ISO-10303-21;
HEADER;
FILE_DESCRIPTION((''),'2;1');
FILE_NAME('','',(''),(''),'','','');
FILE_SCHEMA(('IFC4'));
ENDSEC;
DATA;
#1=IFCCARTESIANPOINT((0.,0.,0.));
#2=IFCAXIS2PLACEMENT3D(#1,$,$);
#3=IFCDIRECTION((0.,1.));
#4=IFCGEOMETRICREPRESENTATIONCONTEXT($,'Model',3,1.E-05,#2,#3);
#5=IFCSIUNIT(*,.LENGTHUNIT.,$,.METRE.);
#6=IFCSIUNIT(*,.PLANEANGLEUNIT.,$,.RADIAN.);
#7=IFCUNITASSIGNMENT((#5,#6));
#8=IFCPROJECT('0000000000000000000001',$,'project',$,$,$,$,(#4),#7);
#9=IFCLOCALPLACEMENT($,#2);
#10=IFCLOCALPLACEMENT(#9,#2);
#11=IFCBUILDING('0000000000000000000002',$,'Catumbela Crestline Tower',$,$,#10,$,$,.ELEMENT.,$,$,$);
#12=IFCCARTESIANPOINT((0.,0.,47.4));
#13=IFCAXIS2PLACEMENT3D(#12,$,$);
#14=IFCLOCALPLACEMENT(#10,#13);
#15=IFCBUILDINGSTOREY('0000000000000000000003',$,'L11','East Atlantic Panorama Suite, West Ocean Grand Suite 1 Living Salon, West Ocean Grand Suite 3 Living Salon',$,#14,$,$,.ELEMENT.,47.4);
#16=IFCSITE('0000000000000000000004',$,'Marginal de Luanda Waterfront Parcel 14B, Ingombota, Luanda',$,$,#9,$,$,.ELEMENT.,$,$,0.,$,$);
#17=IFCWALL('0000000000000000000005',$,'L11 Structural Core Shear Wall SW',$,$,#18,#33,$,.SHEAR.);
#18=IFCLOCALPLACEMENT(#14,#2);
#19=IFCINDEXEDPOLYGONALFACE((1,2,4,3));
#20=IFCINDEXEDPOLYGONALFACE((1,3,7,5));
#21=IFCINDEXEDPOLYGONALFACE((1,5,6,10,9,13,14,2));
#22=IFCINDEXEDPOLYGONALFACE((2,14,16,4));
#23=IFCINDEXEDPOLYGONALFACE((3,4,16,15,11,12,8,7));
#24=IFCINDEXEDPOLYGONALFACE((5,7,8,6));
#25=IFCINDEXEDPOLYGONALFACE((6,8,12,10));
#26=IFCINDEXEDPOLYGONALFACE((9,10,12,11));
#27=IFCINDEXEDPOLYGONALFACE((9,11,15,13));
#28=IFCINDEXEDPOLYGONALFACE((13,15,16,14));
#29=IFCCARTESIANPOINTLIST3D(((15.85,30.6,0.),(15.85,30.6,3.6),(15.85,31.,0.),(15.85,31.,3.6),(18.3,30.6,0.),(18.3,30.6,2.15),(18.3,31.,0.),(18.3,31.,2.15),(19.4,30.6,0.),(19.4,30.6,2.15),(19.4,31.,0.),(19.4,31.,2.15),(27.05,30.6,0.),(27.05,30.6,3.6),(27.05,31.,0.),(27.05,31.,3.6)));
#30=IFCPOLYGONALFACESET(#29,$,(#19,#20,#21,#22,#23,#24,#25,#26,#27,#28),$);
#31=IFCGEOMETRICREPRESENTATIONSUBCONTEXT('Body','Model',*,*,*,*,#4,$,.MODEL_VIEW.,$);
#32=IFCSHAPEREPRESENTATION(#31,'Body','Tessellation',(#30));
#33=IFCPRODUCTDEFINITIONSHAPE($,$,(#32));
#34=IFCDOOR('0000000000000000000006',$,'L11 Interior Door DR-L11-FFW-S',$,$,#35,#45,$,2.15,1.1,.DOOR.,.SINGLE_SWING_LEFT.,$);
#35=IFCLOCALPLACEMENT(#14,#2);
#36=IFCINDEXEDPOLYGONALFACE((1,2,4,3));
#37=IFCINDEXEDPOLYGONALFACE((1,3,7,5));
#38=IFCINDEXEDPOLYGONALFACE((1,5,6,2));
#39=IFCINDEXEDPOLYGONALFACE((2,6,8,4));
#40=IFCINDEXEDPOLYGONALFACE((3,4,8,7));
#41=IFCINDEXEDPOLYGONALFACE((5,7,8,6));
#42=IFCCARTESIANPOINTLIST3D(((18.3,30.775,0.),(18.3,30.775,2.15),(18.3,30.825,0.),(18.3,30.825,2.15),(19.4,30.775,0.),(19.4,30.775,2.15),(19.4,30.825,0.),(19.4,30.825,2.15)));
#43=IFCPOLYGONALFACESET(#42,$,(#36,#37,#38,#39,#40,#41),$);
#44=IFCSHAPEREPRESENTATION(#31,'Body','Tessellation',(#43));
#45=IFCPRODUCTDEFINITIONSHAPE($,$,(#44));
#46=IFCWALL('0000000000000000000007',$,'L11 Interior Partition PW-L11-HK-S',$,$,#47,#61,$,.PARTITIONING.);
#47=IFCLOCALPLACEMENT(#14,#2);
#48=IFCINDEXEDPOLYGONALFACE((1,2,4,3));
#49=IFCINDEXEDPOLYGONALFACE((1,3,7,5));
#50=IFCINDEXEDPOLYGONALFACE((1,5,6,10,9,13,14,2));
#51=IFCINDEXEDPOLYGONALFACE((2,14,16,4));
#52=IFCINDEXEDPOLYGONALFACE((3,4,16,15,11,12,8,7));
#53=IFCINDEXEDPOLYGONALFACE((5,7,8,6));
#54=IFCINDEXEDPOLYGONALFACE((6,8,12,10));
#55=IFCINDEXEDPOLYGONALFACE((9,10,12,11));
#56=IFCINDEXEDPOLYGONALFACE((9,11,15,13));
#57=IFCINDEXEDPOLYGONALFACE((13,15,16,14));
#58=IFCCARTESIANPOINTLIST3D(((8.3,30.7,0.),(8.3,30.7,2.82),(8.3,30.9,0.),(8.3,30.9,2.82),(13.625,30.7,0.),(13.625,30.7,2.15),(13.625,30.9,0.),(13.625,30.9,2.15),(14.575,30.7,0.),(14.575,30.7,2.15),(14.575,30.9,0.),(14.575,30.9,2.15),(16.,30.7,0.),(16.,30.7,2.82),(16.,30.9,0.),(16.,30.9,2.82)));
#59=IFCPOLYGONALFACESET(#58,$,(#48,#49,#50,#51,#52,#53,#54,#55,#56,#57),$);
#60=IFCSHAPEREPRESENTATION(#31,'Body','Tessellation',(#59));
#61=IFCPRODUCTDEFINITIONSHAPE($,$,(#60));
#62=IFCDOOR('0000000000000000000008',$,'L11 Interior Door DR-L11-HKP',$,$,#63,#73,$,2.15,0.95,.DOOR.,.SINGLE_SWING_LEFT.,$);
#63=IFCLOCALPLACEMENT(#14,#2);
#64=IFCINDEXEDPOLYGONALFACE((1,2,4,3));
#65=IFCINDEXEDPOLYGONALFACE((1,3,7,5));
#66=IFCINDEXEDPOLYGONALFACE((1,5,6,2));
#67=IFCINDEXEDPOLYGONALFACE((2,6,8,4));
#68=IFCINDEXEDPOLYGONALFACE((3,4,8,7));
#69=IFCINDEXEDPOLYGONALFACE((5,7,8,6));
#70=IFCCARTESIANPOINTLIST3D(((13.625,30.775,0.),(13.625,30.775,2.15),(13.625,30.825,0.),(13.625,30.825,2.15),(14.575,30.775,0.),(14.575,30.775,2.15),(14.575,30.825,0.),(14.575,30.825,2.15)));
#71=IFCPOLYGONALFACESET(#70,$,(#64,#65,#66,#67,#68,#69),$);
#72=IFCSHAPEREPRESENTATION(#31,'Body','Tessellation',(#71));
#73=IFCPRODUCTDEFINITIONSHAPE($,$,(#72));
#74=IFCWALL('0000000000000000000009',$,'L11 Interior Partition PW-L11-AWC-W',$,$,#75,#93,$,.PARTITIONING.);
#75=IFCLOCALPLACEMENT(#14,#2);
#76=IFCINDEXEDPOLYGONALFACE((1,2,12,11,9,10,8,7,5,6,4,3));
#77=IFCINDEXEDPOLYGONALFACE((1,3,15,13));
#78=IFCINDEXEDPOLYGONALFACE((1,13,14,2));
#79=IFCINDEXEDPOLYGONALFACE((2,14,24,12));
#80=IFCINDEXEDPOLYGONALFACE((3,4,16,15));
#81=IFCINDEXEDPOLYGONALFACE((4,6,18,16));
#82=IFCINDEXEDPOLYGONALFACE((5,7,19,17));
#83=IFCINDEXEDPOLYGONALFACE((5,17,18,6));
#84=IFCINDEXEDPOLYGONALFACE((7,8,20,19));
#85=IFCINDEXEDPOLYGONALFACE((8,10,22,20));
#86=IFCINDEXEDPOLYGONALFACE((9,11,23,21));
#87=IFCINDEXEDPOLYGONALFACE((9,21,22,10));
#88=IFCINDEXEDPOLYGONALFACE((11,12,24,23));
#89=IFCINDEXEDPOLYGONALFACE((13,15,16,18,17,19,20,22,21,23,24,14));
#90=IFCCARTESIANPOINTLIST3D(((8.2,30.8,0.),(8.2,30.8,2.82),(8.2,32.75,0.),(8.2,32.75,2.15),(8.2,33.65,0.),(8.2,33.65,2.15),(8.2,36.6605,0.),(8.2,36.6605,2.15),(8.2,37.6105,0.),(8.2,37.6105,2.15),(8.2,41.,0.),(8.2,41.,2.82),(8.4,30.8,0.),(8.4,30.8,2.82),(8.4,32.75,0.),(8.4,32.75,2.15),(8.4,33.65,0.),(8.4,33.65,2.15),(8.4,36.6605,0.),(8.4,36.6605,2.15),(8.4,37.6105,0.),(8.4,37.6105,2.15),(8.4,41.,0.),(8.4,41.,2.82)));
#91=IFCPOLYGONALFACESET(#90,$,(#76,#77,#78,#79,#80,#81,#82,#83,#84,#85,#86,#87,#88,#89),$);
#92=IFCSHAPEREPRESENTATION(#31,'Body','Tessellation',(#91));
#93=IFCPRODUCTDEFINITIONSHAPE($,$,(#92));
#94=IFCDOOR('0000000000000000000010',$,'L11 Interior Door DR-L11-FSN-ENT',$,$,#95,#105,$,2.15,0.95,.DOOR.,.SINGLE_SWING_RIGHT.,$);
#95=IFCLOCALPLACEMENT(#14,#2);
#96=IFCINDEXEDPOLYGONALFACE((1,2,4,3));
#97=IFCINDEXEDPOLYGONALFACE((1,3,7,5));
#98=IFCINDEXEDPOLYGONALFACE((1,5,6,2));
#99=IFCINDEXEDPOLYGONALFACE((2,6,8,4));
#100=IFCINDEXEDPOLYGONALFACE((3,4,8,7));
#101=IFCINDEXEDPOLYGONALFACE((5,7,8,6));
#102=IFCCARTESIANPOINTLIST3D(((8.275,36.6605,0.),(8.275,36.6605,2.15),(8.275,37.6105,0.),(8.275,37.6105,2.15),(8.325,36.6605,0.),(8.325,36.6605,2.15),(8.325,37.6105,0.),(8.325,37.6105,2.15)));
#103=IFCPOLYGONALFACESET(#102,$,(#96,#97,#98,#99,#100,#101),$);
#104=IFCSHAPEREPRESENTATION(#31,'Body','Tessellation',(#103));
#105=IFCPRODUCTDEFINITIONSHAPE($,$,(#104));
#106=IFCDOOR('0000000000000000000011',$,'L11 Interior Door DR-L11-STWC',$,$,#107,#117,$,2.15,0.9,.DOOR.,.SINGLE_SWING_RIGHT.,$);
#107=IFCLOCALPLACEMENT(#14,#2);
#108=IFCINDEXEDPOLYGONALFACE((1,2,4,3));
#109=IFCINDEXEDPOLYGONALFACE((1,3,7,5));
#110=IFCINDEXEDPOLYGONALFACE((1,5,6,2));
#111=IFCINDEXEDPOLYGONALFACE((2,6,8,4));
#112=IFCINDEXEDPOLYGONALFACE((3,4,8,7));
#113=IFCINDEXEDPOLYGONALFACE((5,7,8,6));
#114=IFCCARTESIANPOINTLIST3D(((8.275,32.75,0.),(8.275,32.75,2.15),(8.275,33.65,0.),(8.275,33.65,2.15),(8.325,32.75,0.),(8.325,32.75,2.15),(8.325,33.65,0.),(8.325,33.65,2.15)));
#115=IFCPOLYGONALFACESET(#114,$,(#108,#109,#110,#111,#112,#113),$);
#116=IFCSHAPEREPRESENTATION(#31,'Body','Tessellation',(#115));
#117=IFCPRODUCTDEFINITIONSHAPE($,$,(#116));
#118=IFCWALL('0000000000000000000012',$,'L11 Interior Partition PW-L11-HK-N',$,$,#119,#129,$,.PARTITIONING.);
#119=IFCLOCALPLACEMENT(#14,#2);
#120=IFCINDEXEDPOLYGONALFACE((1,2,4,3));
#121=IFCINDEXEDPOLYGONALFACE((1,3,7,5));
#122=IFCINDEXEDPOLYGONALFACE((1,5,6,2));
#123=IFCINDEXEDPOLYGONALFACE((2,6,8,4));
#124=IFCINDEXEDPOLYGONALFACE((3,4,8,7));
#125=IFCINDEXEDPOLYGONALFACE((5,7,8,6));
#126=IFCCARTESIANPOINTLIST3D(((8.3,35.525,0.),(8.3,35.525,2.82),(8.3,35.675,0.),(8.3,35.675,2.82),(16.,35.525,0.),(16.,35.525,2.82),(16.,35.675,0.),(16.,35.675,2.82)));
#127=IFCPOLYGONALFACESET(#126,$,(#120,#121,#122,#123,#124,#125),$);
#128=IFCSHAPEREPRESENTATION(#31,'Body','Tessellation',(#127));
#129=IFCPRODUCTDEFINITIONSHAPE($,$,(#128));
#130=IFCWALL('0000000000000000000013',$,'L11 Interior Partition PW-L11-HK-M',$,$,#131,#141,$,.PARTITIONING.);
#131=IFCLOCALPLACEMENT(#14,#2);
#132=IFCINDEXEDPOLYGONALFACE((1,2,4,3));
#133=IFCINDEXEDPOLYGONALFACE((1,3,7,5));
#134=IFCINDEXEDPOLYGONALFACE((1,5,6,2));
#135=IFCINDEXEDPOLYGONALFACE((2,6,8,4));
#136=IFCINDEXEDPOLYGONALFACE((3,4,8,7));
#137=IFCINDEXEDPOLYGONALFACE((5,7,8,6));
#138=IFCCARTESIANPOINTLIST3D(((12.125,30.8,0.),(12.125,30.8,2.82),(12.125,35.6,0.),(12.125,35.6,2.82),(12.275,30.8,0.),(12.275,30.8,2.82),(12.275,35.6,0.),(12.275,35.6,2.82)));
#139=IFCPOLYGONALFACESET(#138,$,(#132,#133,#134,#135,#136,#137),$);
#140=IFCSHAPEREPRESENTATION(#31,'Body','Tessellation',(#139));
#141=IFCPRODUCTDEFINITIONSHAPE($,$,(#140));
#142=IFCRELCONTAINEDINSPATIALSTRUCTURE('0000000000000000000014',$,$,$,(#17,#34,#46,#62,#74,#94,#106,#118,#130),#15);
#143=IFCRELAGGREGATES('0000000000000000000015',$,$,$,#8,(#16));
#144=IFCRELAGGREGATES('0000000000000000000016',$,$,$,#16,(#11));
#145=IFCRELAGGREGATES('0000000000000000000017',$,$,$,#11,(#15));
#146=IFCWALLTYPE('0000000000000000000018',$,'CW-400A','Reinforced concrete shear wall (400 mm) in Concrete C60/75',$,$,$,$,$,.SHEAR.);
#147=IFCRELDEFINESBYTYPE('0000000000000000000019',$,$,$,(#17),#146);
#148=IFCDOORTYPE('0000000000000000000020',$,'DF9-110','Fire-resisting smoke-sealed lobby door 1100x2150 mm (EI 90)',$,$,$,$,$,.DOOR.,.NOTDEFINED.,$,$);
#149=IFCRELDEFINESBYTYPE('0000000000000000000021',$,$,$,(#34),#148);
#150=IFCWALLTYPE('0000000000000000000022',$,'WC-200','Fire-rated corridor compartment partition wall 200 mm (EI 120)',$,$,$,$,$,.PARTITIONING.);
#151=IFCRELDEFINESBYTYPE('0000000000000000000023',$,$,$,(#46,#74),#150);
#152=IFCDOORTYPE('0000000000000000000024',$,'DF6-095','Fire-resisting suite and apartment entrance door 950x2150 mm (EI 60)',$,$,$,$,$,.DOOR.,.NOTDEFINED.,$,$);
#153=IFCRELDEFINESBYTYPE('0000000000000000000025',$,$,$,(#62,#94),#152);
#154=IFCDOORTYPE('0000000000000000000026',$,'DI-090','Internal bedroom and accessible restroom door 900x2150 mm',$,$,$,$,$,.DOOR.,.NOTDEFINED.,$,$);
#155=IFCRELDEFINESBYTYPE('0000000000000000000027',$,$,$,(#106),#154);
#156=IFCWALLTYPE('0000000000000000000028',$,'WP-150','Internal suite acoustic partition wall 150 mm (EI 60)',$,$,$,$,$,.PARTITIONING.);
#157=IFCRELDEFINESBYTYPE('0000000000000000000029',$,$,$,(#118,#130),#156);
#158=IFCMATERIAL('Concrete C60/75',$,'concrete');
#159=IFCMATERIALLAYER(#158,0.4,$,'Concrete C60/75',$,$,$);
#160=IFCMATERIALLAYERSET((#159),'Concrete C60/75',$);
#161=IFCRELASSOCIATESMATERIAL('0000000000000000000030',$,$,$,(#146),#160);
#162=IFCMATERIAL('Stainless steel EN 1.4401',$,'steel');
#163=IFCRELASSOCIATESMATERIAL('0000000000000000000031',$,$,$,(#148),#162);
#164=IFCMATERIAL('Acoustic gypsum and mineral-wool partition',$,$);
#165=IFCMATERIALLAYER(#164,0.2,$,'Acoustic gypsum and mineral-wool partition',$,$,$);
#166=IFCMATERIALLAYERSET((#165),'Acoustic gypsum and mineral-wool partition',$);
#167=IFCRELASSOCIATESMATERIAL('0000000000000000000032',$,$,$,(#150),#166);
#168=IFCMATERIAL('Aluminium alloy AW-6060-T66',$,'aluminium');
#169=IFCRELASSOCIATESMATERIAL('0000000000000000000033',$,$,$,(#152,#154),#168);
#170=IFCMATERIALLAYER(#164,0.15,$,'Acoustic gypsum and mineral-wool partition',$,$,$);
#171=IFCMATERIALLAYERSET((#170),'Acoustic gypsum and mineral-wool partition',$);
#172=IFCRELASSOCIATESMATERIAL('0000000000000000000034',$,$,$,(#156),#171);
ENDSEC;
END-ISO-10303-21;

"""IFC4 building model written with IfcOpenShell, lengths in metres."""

from ifc_helpers import new_model, si_unit, direction, frame, frame_2d, origin, place, context, subcontext, project, spatial, rectangle, extrude, material, layer, layer_set, type_object, element, fill, save


model = new_model("IFC4")

# Units and contexts
model_context = context("Model", 3, precision=1e-05, world=origin(), true_north=direction((0.0, 1.0)))
body_context = subcontext(model_context, "Body", "Model", "MODEL_VIEW")
ifc_project = project(units=[si_unit("LENGTHUNIT", "METRE"), si_unit("PLANEANGLEUNIT", "RADIAN")], contexts=[model_context])

# Site, building, storey
site_placement = place(None, origin())
site = spatial("IfcSite", under=ifc_project, at=site_placement, Name="Marginal de Luanda Waterfront Parcel 14B, Ingombota, Luanda", CompositionType="ELEMENT", RefElevation=0.0)
building_placement = place(site_placement, origin())
building = spatial("IfcBuilding", under=site, at=building_placement, Name="Catumbela Crestline Tower", CompositionType="ELEMENT")
storey_placement = place(building_placement, frame((0.0, 0.0, 47.4)))
storey = spatial("IfcBuildingStorey", under=building, at=storey_placement, Name="L11", Description="East Atlantic Panorama Suite, West Ocean Grand Suite 1 Living Salon, West Ocean Grand Suite 3 Living Salon", CompositionType="ELEMENT", Elevation=47.4)

# Shared definitions
ifc_material_1 = material(Name="Stainless steel EN 1.4401", Category="steel")

# Shared definitions
ifc_material_2 = material(Name="Concrete C60/75", Category="concrete")
ifc_layer_1 = layer(ifc_material_2, 0.4, Name="Concrete C60/75")
ifc_layer_set_1 = layer_set([ifc_layer_1], Name="Concrete C60/75")
wall_type_1 = type_object("IfcWallType", Name="CW-400A", Description="Reinforced concrete shear wall (400 mm) in Concrete C60/75", PredefinedType="SHEAR", material=ifc_layer_set_1)

# Walls, openings, doors
wall_1_placement = place(storey_placement, frame((15.85, 30.8, 0.0), z_axis=(0.0, 0.0, 1.0), x_axis=(1.0, 0.0, 0.0)))
wall_1 = element("IfcWall", 1, at=wall_1_placement, inside=storey, type_object=wall_type_1, Name="L11 Structural Core Shear Wall SW", PredefinedType="SHEAR", context=body_context, shape_type="SweptSolid", body=[
    extrude(rectangle(XDim=11.2, YDim=0.4, at=frame_2d((5.6, 0.0))), origin(), (0.0, 0.0, 1.0), 3.6),
])
opening_1_placement = place(wall_1_placement, frame((2.45, 0.0, 0.0)))
opening_1 = element("IfcOpeningElement", 2, at=opening_1_placement, cuts=wall_1, PredefinedType="OPENING", context=body_context, shape_type="SweptSolid", body=[
    extrude(rectangle(XDim=1.1, YDim=2.15, at=frame_2d((0.55, 1.075))), frame((0.0, 0.21, 0.0), z_axis=(0.0, -1.0, 0.0), x_axis=(1.0, 0.0, 0.0)), (0.0, 0.0, 1.0), 0.42),
])
door_type_1 = type_object("IfcDoorType", Name="DF9-110", Description="Fire-resisting smoke-sealed lobby door 1100x2150 mm (EI 90)", OperationType="NOTDEFINED", PredefinedType="DOOR", material=ifc_material_1)
door_1_placement = place(opening_1_placement, origin())
door_1 = element("IfcDoor", 3, at=door_1_placement, inside=storey, type_object=door_type_1, Name="L11 Interior Door DR-L11-FFW-S", OperationType="SINGLE_SWING_LEFT", OverallHeight=2.15, OverallWidth=1.1, PredefinedType="DOOR", context=body_context, shape_type="SweptSolid", body=[
    extrude(rectangle(XDim=1.1, YDim=2.15, at=frame_2d((0.55, 1.075))), frame((0.0, 0.025, 0.0), z_axis=(0.0, -1.0, 0.0), x_axis=(1.0, 0.0, 0.0)), (0.0, 0.0, 1.0), 0.05),
])
fill(opening_1, door_1)
ifc_material_3 = material(Name="Acoustic gypsum and mineral-wool partition")
ifc_layer_2 = layer(ifc_material_3, 0.2, Name="Acoustic gypsum and mineral-wool partition")
ifc_layer_set_2 = layer_set([ifc_layer_2], Name="Acoustic gypsum and mineral-wool partition")
wall_type_2 = type_object("IfcWallType", Name="WC-200", Description="Fire-rated corridor compartment partition wall 200 mm (EI 120)", PredefinedType="PARTITIONING", material=ifc_layer_set_2)
wall_2_placement = place(storey_placement, frame((8.3, 30.8, 0.0), z_axis=(0.0, 0.0, 1.0), x_axis=(1.0, 0.0, 0.0)))
wall_2 = element("IfcWall", 4, at=wall_2_placement, inside=storey, type_object=wall_type_2, Name="L11 Interior Partition PW-L11-HK-S", PredefinedType="PARTITIONING", context=body_context, shape_type="SweptSolid", body=[
    extrude(rectangle(XDim=7.7, YDim=0.2, at=frame_2d((3.85, 0.0))), origin(), (0.0, 0.0, 1.0), 2.82),
])
opening_2_placement = place(wall_2_placement, frame((5.325, 0.0, 0.0)))
opening_2 = element("IfcOpeningElement", 5, at=opening_2_placement, cuts=wall_2, PredefinedType="OPENING", context=body_context, shape_type="SweptSolid", body=[
    extrude(rectangle(XDim=0.95, YDim=2.15, at=frame_2d((0.475, 1.075))), frame((0.0, 0.11, 0.0), z_axis=(0.0, -1.0, 0.0), x_axis=(1.0, 0.0, 0.0)), (0.0, 0.0, 1.0), 0.22),
])
ifc_material_4 = material(Name="Aluminium alloy AW-6060-T66", Category="aluminium")
door_type_2 = type_object("IfcDoorType", Name="DF6-095", Description="Fire-resisting suite and apartment entrance door 950x2150 mm (EI 60)", OperationType="NOTDEFINED", PredefinedType="DOOR", material=ifc_material_4)
door_2_placement = place(opening_2_placement, origin())
door_2 = element("IfcDoor", 6, at=door_2_placement, inside=storey, type_object=door_type_2, Name="L11 Interior Door DR-L11-HKP", OperationType="SINGLE_SWING_LEFT", OverallHeight=2.15, OverallWidth=0.95, PredefinedType="DOOR", context=body_context, shape_type="SweptSolid", body=[
    extrude(rectangle(XDim=0.95, YDim=2.15, at=frame_2d((0.475, 1.075))), frame((0.0, 0.025, 0.0), z_axis=(0.0, -1.0, 0.0), x_axis=(1.0, 0.0, 0.0)), (0.0, 0.0, 1.0), 0.05),
])
fill(opening_2, door_2)

# Wall, openings, doors
wall_3_placement = place(storey_placement, frame((8.3, 30.8, 0.0), z_axis=(0.0, 0.0, 1.0), x_axis=(0.0, 1.0, 0.0)))
wall_3 = element("IfcWall", 7, at=wall_3_placement, inside=storey, type_object=wall_type_2, Name="L11 Interior Partition PW-L11-AWC-W", PredefinedType="PARTITIONING", context=body_context, shape_type="SweptSolid", body=[
    extrude(rectangle(XDim=10.2, YDim=0.2, at=frame_2d((5.1, 0.0))), origin(), (0.0, 0.0, 1.0), 2.82),
])
opening_3_placement = place(wall_3_placement, frame((1.95, 0.0, 0.0)))
opening_3 = element("IfcOpeningElement", 8, at=opening_3_placement, cuts=wall_3, PredefinedType="OPENING", context=body_context, shape_type="SweptSolid", body=[
    extrude(rectangle(XDim=0.9, YDim=2.15, at=frame_2d((0.45, 1.075))), frame((0.0, 0.11, 0.0), z_axis=(0.0, -1.0, 0.0), x_axis=(1.0, 0.0, 0.0)), (0.0, 0.0, 1.0), 0.22),
])
opening_4_placement = place(wall_3_placement, frame((5.8605, 0.0, 0.0)))
opening_4 = element("IfcOpeningElement", 9, at=opening_4_placement, cuts=wall_3, PredefinedType="OPENING", context=body_context, shape_type="SweptSolid", body=[
    extrude(rectangle(XDim=0.95, YDim=2.15, at=frame_2d((0.475, 1.075))), frame((0.0, 0.11, 0.0), z_axis=(0.0, -1.0, 0.0), x_axis=(1.0, 0.0, 0.0)), (0.0, 0.0, 1.0), 0.22),
])
door_3_placement = place(opening_4_placement, origin())
door_3 = element("IfcDoor", 10, at=door_3_placement, inside=storey, type_object=door_type_2, Name="L11 Interior Door DR-L11-FSN-ENT", OperationType="SINGLE_SWING_RIGHT", OverallHeight=2.15, OverallWidth=0.95, PredefinedType="DOOR", context=body_context, shape_type="SweptSolid", body=[
    extrude(rectangle(XDim=0.95, YDim=2.15, at=frame_2d((0.475, 1.075))), frame((0.0, 0.025, 0.0), z_axis=(0.0, -1.0, 0.0), x_axis=(1.0, 0.0, 0.0)), (0.0, 0.0, 1.0), 0.05),
])
fill(opening_4, door_3)
door_type_3 = type_object("IfcDoorType", Name="DI-090", Description="Internal bedroom and accessible restroom door 900x2150 mm", OperationType="NOTDEFINED", PredefinedType="DOOR", material=ifc_material_4)
door_4_placement = place(opening_3_placement, origin())
door_4 = element("IfcDoor", 11, at=door_4_placement, inside=storey, type_object=door_type_3, Name="L11 Interior Door DR-L11-STWC", OperationType="SINGLE_SWING_RIGHT", OverallHeight=2.15, OverallWidth=0.9, PredefinedType="DOOR", context=body_context, shape_type="SweptSolid", body=[
    extrude(rectangle(XDim=0.9, YDim=2.15, at=frame_2d((0.45, 1.075))), frame((0.0, 0.025, 0.0), z_axis=(0.0, -1.0, 0.0), x_axis=(1.0, 0.0, 0.0)), (0.0, 0.0, 1.0), 0.05),
])
fill(opening_3, door_4)

# Walls
ifc_layer_3 = layer(ifc_material_3, 0.15, Name="Acoustic gypsum and mineral-wool partition")
ifc_layer_set_3 = layer_set([ifc_layer_3], Name="Acoustic gypsum and mineral-wool partition")
wall_type_3 = type_object("IfcWallType", Name="WP-150", Description="Internal suite acoustic partition wall 150 mm (EI 60)", PredefinedType="PARTITIONING", material=ifc_layer_set_3)
wall_4_placement = place(storey_placement, frame((8.3, 35.6, 0.0), z_axis=(0.0, 0.0, 1.0), x_axis=(1.0, 0.0, 0.0)))
element("IfcWall", 12, at=wall_4_placement, inside=storey, type_object=wall_type_3, Name="L11 Interior Partition PW-L11-HK-N", PredefinedType="PARTITIONING", context=body_context, shape_type="SweptSolid", body=[
    extrude(rectangle(XDim=7.7, YDim=0.15, at=frame_2d((3.85, 0.0))), origin(), (0.0, 0.0, 1.0), 2.82),
])
wall_5_placement = place(storey_placement, frame((12.2, 30.8, 0.0), z_axis=(0.0, 0.0, 1.0), x_axis=(0.0, 1.0, 0.0)))
element("IfcWall", 13, at=wall_5_placement, inside=storey, type_object=wall_type_3, Name="L11 Interior Partition PW-L11-HK-M", PredefinedType="PARTITIONING", context=body_context, shape_type="SweptSolid", body=[
    extrude(rectangle(XDim=4.8, YDim=0.15, at=frame_2d((2.4, 0.0))), origin(), (0.0, 0.0, 1.0), 2.82),
])

save(model, "model.ifc")
